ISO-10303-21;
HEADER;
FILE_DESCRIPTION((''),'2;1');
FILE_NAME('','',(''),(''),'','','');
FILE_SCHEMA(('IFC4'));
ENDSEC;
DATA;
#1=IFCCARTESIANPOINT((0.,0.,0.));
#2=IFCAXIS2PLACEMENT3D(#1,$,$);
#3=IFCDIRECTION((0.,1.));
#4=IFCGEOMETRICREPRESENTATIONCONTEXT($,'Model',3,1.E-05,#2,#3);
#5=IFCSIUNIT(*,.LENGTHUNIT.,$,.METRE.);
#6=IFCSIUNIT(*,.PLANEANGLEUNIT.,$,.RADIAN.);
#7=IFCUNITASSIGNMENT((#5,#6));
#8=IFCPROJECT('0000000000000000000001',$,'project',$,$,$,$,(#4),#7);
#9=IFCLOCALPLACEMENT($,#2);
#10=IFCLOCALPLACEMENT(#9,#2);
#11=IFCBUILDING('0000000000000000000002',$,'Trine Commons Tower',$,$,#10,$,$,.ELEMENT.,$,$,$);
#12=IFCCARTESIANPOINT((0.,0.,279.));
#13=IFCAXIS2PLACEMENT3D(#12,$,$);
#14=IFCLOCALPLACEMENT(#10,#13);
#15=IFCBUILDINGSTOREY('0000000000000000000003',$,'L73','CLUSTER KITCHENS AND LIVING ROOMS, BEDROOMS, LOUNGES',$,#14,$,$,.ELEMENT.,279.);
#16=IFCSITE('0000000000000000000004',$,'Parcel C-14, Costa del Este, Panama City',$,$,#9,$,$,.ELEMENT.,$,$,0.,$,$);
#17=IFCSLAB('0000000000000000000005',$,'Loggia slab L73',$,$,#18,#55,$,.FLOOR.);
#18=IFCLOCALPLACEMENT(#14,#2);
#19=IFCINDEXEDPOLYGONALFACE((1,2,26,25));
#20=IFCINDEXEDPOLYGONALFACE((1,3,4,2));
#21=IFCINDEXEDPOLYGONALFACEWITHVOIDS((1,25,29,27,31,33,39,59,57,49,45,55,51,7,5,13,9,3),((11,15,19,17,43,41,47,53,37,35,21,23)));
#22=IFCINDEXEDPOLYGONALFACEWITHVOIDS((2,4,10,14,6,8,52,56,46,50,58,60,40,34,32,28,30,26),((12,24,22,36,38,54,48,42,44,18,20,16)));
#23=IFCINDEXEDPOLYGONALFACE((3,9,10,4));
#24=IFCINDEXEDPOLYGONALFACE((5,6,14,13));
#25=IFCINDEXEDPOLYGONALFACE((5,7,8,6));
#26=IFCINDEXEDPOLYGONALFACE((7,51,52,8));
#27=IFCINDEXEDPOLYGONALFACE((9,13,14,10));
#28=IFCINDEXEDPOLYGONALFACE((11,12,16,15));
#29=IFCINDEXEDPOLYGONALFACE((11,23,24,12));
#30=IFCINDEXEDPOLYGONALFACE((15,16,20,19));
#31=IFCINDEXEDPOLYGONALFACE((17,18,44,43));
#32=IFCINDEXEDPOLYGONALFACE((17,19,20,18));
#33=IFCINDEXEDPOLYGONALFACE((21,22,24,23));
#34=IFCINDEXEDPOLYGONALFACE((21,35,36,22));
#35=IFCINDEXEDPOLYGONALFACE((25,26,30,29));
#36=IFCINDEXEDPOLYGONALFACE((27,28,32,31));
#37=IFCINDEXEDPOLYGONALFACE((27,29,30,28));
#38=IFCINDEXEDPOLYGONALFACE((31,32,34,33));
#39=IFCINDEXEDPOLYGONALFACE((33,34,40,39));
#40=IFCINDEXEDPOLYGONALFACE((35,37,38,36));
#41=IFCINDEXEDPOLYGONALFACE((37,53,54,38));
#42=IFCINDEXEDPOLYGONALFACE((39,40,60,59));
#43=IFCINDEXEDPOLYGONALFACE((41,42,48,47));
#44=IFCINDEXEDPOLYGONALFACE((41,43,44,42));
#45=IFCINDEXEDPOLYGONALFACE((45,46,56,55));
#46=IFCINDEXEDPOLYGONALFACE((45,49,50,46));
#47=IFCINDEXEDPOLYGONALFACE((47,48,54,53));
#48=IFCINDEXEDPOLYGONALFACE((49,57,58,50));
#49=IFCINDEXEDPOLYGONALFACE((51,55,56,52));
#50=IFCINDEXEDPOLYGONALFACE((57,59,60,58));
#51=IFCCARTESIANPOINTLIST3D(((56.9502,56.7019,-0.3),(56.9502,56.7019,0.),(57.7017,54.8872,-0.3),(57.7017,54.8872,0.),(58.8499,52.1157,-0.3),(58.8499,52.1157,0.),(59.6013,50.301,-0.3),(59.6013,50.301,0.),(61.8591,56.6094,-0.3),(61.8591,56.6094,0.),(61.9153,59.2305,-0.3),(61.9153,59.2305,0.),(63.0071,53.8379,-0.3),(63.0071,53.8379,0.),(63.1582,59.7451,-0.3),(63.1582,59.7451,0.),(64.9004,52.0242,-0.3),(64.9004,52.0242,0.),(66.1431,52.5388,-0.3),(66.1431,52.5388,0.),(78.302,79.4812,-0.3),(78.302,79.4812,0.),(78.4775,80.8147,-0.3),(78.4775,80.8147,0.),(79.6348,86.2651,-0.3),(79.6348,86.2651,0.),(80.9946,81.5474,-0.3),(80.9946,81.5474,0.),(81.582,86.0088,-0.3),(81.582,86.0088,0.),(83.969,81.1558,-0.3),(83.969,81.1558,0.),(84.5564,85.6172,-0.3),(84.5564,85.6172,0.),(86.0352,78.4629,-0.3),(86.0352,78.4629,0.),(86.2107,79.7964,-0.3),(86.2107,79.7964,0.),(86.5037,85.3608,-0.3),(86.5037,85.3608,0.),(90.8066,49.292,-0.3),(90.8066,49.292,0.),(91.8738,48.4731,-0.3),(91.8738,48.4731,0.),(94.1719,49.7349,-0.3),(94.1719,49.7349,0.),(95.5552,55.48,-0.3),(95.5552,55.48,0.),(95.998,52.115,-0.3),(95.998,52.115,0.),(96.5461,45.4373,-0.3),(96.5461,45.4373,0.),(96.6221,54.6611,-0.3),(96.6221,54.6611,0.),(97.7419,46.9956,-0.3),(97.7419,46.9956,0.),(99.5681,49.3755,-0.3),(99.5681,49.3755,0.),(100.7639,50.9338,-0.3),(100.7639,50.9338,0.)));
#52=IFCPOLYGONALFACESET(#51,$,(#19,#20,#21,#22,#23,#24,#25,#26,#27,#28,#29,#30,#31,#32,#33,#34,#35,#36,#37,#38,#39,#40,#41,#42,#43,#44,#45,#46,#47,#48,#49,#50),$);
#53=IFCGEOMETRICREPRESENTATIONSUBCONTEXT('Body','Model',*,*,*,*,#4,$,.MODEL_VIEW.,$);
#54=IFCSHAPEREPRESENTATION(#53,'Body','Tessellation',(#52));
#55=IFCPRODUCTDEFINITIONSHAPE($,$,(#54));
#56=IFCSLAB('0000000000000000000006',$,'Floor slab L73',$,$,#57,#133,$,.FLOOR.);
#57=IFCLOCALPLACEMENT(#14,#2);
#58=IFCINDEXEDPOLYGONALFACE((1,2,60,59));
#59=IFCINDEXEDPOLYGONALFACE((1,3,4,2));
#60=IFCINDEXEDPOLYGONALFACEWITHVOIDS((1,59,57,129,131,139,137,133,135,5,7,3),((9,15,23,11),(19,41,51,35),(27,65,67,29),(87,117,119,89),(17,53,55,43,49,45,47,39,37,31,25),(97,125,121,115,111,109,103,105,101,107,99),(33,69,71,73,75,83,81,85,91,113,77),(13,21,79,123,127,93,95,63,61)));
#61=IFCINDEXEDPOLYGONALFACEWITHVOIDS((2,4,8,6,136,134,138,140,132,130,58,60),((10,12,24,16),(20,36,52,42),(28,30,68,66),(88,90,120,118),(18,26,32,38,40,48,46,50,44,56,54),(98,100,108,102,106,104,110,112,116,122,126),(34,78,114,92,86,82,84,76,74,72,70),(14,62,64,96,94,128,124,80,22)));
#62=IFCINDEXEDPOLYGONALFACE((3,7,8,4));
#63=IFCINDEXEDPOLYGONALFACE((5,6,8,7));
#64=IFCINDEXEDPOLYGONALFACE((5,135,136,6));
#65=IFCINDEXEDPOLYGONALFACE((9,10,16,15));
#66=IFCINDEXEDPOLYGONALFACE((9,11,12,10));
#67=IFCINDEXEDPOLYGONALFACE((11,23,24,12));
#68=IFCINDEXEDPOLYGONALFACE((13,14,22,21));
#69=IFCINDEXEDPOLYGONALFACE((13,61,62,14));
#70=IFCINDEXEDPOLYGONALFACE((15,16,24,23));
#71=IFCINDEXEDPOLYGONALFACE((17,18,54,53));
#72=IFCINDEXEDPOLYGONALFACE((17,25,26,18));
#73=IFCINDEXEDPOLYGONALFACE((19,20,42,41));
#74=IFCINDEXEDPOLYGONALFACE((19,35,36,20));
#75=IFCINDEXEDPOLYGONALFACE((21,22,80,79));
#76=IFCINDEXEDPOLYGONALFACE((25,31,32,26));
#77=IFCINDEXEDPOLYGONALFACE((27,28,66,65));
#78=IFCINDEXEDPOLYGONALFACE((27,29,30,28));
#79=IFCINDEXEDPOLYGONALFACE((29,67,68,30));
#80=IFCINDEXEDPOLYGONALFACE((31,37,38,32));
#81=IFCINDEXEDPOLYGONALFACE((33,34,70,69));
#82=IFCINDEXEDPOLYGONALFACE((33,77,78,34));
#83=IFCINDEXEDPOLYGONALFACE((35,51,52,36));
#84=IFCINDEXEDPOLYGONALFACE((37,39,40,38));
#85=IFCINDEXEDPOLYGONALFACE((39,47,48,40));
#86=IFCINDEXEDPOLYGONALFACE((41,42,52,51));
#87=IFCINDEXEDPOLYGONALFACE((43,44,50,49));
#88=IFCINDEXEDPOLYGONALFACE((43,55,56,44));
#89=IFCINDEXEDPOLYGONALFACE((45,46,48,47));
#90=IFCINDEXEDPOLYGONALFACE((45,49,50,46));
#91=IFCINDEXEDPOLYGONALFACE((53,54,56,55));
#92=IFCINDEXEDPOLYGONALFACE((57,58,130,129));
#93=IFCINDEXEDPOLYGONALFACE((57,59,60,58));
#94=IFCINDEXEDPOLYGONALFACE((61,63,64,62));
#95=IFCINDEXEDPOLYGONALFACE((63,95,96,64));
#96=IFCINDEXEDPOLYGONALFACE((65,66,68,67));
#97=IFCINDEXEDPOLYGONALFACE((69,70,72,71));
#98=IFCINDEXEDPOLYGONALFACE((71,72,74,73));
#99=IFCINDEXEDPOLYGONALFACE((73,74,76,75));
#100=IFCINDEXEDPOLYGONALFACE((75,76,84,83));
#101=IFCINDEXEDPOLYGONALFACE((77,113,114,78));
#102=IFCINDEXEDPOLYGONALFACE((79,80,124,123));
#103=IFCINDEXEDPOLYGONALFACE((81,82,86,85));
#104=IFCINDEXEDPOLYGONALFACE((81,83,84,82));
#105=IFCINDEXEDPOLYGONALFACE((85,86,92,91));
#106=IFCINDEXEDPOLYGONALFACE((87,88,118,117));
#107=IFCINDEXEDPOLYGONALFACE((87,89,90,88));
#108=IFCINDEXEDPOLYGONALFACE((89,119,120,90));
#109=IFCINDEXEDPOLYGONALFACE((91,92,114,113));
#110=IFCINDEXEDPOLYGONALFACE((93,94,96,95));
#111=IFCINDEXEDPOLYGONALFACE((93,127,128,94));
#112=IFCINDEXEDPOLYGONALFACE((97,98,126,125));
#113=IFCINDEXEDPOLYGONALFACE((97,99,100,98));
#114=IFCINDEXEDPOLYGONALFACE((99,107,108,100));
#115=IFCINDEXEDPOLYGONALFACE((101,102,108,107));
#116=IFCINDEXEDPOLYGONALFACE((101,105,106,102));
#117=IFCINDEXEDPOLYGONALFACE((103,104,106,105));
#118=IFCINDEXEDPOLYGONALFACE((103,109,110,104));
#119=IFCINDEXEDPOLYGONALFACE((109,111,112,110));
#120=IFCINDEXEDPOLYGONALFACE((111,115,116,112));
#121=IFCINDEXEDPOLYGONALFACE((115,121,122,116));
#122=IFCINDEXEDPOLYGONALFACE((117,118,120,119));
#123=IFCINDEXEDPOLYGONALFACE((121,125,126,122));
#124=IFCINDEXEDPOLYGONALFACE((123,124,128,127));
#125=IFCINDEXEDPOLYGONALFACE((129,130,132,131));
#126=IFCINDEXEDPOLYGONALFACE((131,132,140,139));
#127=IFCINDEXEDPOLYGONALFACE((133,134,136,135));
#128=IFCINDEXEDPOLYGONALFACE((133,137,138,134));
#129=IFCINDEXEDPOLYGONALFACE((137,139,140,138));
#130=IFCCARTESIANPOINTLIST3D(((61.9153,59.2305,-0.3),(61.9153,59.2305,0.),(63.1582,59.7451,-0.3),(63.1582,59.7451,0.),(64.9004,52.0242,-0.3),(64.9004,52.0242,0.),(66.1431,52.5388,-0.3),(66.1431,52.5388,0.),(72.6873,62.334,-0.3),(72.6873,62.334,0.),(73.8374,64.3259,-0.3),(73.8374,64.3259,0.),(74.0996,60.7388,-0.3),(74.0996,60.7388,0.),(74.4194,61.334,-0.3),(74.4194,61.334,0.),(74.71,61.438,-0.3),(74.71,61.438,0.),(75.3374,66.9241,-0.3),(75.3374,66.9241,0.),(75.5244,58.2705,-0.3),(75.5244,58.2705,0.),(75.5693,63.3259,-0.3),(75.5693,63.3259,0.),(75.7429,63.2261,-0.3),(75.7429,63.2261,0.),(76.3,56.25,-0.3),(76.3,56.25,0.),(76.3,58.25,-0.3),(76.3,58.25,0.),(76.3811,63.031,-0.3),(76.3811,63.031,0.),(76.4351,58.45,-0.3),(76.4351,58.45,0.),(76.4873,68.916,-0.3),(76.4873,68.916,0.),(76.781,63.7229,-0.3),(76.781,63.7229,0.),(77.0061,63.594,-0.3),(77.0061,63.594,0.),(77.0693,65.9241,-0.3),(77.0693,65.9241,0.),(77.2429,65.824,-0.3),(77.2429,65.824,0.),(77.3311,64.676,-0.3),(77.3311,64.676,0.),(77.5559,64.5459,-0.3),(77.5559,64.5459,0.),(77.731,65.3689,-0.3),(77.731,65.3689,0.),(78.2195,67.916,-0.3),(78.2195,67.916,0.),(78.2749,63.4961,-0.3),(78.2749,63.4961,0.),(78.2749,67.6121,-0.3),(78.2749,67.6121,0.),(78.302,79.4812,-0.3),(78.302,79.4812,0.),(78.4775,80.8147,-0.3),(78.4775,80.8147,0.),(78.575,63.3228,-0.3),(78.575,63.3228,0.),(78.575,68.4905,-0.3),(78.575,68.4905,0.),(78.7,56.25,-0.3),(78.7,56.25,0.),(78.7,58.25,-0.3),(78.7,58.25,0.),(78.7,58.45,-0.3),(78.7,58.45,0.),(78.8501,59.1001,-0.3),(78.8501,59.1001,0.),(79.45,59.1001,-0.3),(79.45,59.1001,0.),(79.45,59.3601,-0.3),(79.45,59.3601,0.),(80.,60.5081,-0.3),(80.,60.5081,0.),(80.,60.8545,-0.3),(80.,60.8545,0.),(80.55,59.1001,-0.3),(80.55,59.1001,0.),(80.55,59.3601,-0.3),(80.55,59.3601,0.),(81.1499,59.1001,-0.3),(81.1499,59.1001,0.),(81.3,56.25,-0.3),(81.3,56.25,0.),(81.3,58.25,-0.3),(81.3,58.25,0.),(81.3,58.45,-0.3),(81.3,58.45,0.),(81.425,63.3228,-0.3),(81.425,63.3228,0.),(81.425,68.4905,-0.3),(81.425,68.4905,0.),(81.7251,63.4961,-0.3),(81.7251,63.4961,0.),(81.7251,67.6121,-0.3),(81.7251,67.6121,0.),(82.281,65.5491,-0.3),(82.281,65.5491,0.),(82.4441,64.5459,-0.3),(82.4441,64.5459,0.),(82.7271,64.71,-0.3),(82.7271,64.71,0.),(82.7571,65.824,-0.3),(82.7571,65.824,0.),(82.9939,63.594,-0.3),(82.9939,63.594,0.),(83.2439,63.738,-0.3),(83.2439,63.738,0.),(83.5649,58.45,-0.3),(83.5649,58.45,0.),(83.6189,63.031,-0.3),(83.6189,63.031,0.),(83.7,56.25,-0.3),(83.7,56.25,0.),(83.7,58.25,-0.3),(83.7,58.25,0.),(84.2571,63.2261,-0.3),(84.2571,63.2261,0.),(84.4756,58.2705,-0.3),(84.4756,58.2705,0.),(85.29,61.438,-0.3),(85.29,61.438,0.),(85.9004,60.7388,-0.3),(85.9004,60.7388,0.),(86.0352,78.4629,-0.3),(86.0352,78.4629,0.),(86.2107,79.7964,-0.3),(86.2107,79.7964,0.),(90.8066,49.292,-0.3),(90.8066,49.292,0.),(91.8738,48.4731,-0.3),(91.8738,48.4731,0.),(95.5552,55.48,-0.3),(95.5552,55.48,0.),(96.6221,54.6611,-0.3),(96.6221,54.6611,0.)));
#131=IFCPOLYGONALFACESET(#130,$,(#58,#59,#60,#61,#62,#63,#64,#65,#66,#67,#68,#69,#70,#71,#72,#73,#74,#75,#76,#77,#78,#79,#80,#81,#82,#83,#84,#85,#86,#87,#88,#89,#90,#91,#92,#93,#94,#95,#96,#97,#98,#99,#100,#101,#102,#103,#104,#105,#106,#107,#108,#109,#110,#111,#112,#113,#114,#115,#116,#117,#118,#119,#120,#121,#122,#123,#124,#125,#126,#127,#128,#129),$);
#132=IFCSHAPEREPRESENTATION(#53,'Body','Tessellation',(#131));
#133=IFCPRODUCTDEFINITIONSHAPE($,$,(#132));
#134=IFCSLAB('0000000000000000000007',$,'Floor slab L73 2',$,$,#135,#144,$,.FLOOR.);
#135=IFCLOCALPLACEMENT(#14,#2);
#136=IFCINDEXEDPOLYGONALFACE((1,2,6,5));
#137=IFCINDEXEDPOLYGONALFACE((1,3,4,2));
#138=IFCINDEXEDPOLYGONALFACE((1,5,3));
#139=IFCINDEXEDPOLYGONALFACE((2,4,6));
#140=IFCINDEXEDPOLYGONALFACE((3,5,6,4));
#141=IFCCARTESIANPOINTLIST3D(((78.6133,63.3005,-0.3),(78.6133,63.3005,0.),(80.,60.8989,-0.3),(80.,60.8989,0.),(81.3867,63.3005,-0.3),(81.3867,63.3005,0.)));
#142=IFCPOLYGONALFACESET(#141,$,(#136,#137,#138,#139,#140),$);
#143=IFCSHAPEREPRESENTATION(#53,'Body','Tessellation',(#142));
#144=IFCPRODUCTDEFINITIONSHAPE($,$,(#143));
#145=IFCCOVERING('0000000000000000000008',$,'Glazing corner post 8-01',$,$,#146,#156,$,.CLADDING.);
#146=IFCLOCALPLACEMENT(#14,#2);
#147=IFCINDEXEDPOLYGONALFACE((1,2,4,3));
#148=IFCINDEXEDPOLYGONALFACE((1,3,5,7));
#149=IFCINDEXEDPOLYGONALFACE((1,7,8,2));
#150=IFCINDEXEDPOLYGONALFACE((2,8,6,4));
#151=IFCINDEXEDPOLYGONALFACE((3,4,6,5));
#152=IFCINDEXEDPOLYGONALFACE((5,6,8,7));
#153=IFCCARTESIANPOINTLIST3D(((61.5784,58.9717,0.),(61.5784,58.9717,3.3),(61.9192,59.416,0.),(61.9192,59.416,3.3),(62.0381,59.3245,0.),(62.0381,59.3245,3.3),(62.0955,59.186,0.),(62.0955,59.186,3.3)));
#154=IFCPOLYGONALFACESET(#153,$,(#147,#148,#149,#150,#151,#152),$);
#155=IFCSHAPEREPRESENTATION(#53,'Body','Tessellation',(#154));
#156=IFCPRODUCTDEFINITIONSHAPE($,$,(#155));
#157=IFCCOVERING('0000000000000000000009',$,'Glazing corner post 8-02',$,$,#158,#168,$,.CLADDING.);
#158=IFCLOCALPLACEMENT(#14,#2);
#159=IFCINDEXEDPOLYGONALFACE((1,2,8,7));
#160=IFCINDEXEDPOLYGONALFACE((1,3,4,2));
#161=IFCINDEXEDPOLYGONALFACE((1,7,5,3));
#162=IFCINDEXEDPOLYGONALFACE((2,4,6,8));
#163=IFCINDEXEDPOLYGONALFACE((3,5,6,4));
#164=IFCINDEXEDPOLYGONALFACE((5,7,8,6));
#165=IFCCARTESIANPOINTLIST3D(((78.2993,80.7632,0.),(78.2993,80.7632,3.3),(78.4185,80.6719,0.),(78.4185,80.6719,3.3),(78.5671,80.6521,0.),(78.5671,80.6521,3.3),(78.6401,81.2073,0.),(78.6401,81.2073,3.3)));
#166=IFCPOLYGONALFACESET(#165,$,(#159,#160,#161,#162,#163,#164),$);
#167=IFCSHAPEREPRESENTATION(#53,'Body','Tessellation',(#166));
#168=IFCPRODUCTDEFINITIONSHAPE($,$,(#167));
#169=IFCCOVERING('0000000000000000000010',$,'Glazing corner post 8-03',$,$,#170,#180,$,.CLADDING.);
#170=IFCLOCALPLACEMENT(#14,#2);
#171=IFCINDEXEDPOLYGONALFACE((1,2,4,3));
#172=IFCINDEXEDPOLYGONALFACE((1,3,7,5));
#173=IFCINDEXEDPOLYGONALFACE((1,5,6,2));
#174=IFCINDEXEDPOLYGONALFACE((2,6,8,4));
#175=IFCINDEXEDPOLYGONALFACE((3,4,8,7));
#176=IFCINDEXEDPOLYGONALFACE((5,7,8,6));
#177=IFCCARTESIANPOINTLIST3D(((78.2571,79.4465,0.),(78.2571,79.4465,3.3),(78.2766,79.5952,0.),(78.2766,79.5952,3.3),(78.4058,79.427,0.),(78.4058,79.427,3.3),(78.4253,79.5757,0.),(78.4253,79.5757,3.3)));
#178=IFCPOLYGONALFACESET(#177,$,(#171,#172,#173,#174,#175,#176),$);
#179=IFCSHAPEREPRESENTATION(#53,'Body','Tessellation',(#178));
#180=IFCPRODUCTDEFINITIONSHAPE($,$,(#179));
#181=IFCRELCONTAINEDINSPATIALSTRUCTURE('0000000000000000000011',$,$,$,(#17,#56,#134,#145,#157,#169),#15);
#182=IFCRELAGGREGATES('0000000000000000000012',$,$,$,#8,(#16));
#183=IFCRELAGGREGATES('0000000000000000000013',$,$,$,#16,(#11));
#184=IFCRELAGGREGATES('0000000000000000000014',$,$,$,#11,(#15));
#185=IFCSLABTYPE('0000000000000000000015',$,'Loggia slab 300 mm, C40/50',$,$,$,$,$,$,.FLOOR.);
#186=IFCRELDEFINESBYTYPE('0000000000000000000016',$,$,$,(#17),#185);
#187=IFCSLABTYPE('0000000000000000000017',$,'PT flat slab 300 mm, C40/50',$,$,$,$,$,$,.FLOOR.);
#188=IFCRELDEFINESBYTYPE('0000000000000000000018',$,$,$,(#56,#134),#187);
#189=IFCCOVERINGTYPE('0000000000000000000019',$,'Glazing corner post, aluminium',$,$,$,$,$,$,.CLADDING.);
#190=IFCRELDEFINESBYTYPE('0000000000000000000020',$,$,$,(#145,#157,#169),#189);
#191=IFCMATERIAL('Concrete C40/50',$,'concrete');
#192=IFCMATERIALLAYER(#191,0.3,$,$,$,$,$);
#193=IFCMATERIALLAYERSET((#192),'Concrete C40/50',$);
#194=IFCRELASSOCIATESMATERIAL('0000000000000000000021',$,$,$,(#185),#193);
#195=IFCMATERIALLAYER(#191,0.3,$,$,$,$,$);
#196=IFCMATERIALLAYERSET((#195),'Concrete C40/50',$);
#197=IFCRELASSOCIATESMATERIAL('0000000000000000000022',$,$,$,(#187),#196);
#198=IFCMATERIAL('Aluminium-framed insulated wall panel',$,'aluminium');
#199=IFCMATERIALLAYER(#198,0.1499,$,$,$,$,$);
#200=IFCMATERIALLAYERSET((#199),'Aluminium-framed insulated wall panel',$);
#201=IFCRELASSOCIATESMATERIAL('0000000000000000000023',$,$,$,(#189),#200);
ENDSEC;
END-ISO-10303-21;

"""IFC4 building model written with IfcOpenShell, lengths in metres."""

from ifc_helpers import new_model, si_unit, direction, frame, origin, place, context, subcontext, project, spatial, polyline, outline, extrude, material, layer, layer_set, type_object, element, save


model = new_model("IFC4")

# Units and contexts
model_context = context("Model", 3, precision=1e-05, world=origin(), true_north=direction((0.0, 1.0)))
body_context = subcontext(model_context, "Body", "Model", "MODEL_VIEW")
ifc_project = project(units=[si_unit("LENGTHUNIT", "METRE"), si_unit("PLANEANGLEUNIT", "RADIAN")], contexts=[model_context])

# Site, building, storey
site_placement = place(None, origin())
site = spatial("IfcSite", under=ifc_project, at=site_placement, Name="Parcel C-14, Costa del Este, Panama City", CompositionType="ELEMENT", RefElevation=0.0)
building_placement = place(site_placement, origin())
building = spatial("IfcBuilding", under=site, at=building_placement, Name="Trine Commons Tower", CompositionType="ELEMENT")
storey_placement = place(building_placement, frame((0.0, 0.0, 279.0)))
storey = spatial("IfcBuildingStorey", under=building, at=storey_placement, Name="L73", Description="CLUSTER KITCHENS AND LIVING ROOMS, BEDROOMS, LOUNGES", CompositionType="ELEMENT", Elevation=279.0)

# Slabs
ifc_material_1 = material(Name="Concrete C40/50", Category="concrete")
ifc_layer_1 = layer(ifc_material_1, 0.3)
ifc_layer_set_1 = layer_set([ifc_layer_1], Name="Concrete C40/50")
slab_type_1 = type_object("IfcSlabType", Name="Loggia slab 300 mm, C40/50", PredefinedType="FLOOR", material=ifc_layer_set_1)
slab_1_placement = place(storey_placement, frame((0.0, 0.0, -0.3)))
element("IfcSlab", 1, at=slab_1_placement, inside=storey, type_object=slab_type_1, Name="Loggia slab L73", PredefinedType="FLOOR", context=body_context, shape_type="SweptSolid", body=[
    extrude(outline(polyline([(100.7639, 50.9338), (86.5037, 85.3608), (84.5564, 85.6172), (83.969, 81.1558), (80.9946, 81.5474), (81.582, 86.0088), (79.6348, 86.2651), (56.9502, 56.7019), (57.7017, 54.8872), (61.8591, 56.6094), (63.0071, 53.8379), (58.8499, 52.1157), (59.6013, 50.301), (96.5461, 45.4373), (97.7419, 46.9956), (94.1719, 49.7349), (95.998, 52.115), (99.5681, 49.3755), (100.7639, 50.9338)]), holes=[polyline([(63.1582, 59.7451), (66.1431, 52.5388), (64.9004, 52.0242), (91.8738, 48.4731), (90.8066, 49.292), (95.5552, 55.48), (96.6221, 54.6611), (86.2107, 79.7964), (86.0352, 78.4629), (78.302, 79.4812), (78.4775, 80.8147), (61.9153, 59.2305), (63.1582, 59.7451)])]), origin(), (0.0, 0.0, 1.0), 0.3),
])
ifc_layer_2 = layer(ifc_material_1, 0.3)
ifc_layer_set_2 = layer_set([ifc_layer_2], Name="Concrete C40/50")
slab_type_2 = type_object("IfcSlabType", Name="PT flat slab 300 mm, C40/50", PredefinedType="FLOOR", material=ifc_layer_set_2)
slab_2_placement = place(storey_placement, frame((0.0, 0.0, -0.3)))
element("IfcSlab", 2, at=slab_2_placement, inside=storey, type_object=slab_type_2, Name="Floor slab L73", PredefinedType="FLOOR", context=body_context, shape_type="SweptSolid", body=[
    extrude(outline(polyline([(61.9153, 59.2305), (63.1582, 59.7451), (66.1431, 52.5388), (64.9004, 52.0242), (91.8738, 48.4731), (90.8066, 49.292), (95.5552, 55.48), (96.6221, 54.6611), (86.2107, 79.7964), (86.0352, 78.4629), (78.302, 79.4812), (78.4775, 80.8147), (61.9153, 59.2305)]), holes=[polyline([(78.7, 56.25), (78.7, 58.25), (76.3, 58.25), (76.3, 56.25), (78.7, 56.25)]), polyline([(83.7, 56.25), (83.7, 58.25), (81.3, 58.25), (81.3, 56.25), (83.7, 56.25)]), polyline([(81.3, 58.45), (83.5649, 58.45), (80.0, 60.5081), (76.4351, 58.45), (78.7, 58.45), (78.8501, 59.1001), (79.45, 59.1001), (79.45, 59.3601), (80.55, 59.3601), (80.55, 59.1001), (81.1499, 59.1001), (81.3, 58.45)]), polyline([(81.425, 63.3228), (81.425, 68.4905), (78.575, 68.4905), (78.575, 63.3228), (74.0996, 60.7388), (75.5244, 58.2705), (80.0, 60.8545), (84.4756, 58.2705), (85.9004, 60.7388), (81.425, 63.3228)]), polyline([(72.6873, 62.334), (74.4194, 61.334), (75.5693, 63.3259), (73.8374, 64.3259), (72.6873, 62.334)]), polyline([(76.3811, 63.031), (75.7429, 63.2261), (74.71, 61.438), (78.2749, 63.4961), (78.2749, 67.6121), (77.2429, 65.824), (77.731, 65.3689), (77.3311, 64.676), (77.5559, 64.5459), (77.0061, 63.594), (76.781, 63.7229), (76.3811, 63.031)]), polyline([(82.9939, 63.594), (82.4441, 64.5459), (82.7271, 64.71), (82.281, 65.5491), (82.7571, 65.824), (81.7251, 67.6121), (81.7251, 63.4961), (85.29, 61.438), (84.2571, 63.2261), (83.6189, 63.031), (83.2439, 63.738), (82.9939, 63.594)]), polyline([(76.4873, 68.916), (75.3374, 66.9241), (77.0693, 65.9241), (78.2195, 67.916), (76.4873, 68.916)])]), origin(), (0.0, 0.0, 1.0), 0.3),
])
slab_3_placement = place(storey_placement, frame((0.0, 0.0, -0.3)))
element("IfcSlab", 3, at=slab_3_placement, inside=storey, type_object=slab_type_2, Name="Floor slab L73 2", PredefinedType="FLOOR", context=body_context, shape_type="SweptSolid", body=[
    extrude(outline(polyline([(81.3867, 63.3005), (78.6133, 63.3005), (80.0, 60.8989), (81.3867, 63.3005)])), origin(), (0.0, 0.0, 1.0), 0.3),
])

# Coverings
ifc_material_2 = material(Name="Aluminium-framed insulated wall panel", Category="aluminium")
ifc_layer_3 = layer(ifc_material_2, 0.1499)
ifc_layer_set_3 = layer_set([ifc_layer_3], Name="Aluminium-framed insulated wall panel")
covering_type_1 = type_object("IfcCoveringType", Name="Glazing corner post, aluminium", PredefinedType="CLADDING", material=ifc_layer_set_3)
covering_1_placement = place(storey_placement, origin())
element("IfcCovering", 4, at=covering_1_placement, inside=storey, type_object=covering_type_1, Name="Glazing corner post 8-01", PredefinedType="CLADDING", context=body_context, shape_type="SweptSolid", body=[
    extrude(outline(polyline([(62.0381, 59.3245), (61.9192, 59.416), (61.5784, 58.9717), (62.0955, 59.186), (62.0381, 59.3245), (62.0381, 59.3245)])), origin(), (0.0, 0.0, 1.0), 3.3),
])
covering_2_placement = place(storey_placement, origin())
element("IfcCovering", 5, at=covering_2_placement, inside=storey, type_object=covering_type_1, Name="Glazing corner post 8-02", PredefinedType="CLADDING", context=body_context, shape_type="SweptSolid", body=[
    extrude(outline(polyline([(78.4185, 80.6719), (78.5671, 80.6521), (78.6401, 81.2073), (78.2993, 80.7632), (78.4185, 80.6719), (78.4185, 80.6719)])), origin(), (0.0, 0.0, 1.0), 3.3),
])
covering_3_placement = place(storey_placement, origin())
element("IfcCovering", 6, at=covering_3_placement, inside=storey, type_object=covering_type_1, Name="Glazing corner post 8-03", PredefinedType="CLADDING", context=body_context, shape_type="SweptSolid", body=[
    extrude(outline(polyline([(78.4058, 79.427), (78.4253, 79.5757), (78.2766, 79.5952), (78.2571, 79.4465), (78.4058, 79.427)])), origin(), (0.0, 0.0, 1.0), 3.3),
])

save(model, "model.ifc")
